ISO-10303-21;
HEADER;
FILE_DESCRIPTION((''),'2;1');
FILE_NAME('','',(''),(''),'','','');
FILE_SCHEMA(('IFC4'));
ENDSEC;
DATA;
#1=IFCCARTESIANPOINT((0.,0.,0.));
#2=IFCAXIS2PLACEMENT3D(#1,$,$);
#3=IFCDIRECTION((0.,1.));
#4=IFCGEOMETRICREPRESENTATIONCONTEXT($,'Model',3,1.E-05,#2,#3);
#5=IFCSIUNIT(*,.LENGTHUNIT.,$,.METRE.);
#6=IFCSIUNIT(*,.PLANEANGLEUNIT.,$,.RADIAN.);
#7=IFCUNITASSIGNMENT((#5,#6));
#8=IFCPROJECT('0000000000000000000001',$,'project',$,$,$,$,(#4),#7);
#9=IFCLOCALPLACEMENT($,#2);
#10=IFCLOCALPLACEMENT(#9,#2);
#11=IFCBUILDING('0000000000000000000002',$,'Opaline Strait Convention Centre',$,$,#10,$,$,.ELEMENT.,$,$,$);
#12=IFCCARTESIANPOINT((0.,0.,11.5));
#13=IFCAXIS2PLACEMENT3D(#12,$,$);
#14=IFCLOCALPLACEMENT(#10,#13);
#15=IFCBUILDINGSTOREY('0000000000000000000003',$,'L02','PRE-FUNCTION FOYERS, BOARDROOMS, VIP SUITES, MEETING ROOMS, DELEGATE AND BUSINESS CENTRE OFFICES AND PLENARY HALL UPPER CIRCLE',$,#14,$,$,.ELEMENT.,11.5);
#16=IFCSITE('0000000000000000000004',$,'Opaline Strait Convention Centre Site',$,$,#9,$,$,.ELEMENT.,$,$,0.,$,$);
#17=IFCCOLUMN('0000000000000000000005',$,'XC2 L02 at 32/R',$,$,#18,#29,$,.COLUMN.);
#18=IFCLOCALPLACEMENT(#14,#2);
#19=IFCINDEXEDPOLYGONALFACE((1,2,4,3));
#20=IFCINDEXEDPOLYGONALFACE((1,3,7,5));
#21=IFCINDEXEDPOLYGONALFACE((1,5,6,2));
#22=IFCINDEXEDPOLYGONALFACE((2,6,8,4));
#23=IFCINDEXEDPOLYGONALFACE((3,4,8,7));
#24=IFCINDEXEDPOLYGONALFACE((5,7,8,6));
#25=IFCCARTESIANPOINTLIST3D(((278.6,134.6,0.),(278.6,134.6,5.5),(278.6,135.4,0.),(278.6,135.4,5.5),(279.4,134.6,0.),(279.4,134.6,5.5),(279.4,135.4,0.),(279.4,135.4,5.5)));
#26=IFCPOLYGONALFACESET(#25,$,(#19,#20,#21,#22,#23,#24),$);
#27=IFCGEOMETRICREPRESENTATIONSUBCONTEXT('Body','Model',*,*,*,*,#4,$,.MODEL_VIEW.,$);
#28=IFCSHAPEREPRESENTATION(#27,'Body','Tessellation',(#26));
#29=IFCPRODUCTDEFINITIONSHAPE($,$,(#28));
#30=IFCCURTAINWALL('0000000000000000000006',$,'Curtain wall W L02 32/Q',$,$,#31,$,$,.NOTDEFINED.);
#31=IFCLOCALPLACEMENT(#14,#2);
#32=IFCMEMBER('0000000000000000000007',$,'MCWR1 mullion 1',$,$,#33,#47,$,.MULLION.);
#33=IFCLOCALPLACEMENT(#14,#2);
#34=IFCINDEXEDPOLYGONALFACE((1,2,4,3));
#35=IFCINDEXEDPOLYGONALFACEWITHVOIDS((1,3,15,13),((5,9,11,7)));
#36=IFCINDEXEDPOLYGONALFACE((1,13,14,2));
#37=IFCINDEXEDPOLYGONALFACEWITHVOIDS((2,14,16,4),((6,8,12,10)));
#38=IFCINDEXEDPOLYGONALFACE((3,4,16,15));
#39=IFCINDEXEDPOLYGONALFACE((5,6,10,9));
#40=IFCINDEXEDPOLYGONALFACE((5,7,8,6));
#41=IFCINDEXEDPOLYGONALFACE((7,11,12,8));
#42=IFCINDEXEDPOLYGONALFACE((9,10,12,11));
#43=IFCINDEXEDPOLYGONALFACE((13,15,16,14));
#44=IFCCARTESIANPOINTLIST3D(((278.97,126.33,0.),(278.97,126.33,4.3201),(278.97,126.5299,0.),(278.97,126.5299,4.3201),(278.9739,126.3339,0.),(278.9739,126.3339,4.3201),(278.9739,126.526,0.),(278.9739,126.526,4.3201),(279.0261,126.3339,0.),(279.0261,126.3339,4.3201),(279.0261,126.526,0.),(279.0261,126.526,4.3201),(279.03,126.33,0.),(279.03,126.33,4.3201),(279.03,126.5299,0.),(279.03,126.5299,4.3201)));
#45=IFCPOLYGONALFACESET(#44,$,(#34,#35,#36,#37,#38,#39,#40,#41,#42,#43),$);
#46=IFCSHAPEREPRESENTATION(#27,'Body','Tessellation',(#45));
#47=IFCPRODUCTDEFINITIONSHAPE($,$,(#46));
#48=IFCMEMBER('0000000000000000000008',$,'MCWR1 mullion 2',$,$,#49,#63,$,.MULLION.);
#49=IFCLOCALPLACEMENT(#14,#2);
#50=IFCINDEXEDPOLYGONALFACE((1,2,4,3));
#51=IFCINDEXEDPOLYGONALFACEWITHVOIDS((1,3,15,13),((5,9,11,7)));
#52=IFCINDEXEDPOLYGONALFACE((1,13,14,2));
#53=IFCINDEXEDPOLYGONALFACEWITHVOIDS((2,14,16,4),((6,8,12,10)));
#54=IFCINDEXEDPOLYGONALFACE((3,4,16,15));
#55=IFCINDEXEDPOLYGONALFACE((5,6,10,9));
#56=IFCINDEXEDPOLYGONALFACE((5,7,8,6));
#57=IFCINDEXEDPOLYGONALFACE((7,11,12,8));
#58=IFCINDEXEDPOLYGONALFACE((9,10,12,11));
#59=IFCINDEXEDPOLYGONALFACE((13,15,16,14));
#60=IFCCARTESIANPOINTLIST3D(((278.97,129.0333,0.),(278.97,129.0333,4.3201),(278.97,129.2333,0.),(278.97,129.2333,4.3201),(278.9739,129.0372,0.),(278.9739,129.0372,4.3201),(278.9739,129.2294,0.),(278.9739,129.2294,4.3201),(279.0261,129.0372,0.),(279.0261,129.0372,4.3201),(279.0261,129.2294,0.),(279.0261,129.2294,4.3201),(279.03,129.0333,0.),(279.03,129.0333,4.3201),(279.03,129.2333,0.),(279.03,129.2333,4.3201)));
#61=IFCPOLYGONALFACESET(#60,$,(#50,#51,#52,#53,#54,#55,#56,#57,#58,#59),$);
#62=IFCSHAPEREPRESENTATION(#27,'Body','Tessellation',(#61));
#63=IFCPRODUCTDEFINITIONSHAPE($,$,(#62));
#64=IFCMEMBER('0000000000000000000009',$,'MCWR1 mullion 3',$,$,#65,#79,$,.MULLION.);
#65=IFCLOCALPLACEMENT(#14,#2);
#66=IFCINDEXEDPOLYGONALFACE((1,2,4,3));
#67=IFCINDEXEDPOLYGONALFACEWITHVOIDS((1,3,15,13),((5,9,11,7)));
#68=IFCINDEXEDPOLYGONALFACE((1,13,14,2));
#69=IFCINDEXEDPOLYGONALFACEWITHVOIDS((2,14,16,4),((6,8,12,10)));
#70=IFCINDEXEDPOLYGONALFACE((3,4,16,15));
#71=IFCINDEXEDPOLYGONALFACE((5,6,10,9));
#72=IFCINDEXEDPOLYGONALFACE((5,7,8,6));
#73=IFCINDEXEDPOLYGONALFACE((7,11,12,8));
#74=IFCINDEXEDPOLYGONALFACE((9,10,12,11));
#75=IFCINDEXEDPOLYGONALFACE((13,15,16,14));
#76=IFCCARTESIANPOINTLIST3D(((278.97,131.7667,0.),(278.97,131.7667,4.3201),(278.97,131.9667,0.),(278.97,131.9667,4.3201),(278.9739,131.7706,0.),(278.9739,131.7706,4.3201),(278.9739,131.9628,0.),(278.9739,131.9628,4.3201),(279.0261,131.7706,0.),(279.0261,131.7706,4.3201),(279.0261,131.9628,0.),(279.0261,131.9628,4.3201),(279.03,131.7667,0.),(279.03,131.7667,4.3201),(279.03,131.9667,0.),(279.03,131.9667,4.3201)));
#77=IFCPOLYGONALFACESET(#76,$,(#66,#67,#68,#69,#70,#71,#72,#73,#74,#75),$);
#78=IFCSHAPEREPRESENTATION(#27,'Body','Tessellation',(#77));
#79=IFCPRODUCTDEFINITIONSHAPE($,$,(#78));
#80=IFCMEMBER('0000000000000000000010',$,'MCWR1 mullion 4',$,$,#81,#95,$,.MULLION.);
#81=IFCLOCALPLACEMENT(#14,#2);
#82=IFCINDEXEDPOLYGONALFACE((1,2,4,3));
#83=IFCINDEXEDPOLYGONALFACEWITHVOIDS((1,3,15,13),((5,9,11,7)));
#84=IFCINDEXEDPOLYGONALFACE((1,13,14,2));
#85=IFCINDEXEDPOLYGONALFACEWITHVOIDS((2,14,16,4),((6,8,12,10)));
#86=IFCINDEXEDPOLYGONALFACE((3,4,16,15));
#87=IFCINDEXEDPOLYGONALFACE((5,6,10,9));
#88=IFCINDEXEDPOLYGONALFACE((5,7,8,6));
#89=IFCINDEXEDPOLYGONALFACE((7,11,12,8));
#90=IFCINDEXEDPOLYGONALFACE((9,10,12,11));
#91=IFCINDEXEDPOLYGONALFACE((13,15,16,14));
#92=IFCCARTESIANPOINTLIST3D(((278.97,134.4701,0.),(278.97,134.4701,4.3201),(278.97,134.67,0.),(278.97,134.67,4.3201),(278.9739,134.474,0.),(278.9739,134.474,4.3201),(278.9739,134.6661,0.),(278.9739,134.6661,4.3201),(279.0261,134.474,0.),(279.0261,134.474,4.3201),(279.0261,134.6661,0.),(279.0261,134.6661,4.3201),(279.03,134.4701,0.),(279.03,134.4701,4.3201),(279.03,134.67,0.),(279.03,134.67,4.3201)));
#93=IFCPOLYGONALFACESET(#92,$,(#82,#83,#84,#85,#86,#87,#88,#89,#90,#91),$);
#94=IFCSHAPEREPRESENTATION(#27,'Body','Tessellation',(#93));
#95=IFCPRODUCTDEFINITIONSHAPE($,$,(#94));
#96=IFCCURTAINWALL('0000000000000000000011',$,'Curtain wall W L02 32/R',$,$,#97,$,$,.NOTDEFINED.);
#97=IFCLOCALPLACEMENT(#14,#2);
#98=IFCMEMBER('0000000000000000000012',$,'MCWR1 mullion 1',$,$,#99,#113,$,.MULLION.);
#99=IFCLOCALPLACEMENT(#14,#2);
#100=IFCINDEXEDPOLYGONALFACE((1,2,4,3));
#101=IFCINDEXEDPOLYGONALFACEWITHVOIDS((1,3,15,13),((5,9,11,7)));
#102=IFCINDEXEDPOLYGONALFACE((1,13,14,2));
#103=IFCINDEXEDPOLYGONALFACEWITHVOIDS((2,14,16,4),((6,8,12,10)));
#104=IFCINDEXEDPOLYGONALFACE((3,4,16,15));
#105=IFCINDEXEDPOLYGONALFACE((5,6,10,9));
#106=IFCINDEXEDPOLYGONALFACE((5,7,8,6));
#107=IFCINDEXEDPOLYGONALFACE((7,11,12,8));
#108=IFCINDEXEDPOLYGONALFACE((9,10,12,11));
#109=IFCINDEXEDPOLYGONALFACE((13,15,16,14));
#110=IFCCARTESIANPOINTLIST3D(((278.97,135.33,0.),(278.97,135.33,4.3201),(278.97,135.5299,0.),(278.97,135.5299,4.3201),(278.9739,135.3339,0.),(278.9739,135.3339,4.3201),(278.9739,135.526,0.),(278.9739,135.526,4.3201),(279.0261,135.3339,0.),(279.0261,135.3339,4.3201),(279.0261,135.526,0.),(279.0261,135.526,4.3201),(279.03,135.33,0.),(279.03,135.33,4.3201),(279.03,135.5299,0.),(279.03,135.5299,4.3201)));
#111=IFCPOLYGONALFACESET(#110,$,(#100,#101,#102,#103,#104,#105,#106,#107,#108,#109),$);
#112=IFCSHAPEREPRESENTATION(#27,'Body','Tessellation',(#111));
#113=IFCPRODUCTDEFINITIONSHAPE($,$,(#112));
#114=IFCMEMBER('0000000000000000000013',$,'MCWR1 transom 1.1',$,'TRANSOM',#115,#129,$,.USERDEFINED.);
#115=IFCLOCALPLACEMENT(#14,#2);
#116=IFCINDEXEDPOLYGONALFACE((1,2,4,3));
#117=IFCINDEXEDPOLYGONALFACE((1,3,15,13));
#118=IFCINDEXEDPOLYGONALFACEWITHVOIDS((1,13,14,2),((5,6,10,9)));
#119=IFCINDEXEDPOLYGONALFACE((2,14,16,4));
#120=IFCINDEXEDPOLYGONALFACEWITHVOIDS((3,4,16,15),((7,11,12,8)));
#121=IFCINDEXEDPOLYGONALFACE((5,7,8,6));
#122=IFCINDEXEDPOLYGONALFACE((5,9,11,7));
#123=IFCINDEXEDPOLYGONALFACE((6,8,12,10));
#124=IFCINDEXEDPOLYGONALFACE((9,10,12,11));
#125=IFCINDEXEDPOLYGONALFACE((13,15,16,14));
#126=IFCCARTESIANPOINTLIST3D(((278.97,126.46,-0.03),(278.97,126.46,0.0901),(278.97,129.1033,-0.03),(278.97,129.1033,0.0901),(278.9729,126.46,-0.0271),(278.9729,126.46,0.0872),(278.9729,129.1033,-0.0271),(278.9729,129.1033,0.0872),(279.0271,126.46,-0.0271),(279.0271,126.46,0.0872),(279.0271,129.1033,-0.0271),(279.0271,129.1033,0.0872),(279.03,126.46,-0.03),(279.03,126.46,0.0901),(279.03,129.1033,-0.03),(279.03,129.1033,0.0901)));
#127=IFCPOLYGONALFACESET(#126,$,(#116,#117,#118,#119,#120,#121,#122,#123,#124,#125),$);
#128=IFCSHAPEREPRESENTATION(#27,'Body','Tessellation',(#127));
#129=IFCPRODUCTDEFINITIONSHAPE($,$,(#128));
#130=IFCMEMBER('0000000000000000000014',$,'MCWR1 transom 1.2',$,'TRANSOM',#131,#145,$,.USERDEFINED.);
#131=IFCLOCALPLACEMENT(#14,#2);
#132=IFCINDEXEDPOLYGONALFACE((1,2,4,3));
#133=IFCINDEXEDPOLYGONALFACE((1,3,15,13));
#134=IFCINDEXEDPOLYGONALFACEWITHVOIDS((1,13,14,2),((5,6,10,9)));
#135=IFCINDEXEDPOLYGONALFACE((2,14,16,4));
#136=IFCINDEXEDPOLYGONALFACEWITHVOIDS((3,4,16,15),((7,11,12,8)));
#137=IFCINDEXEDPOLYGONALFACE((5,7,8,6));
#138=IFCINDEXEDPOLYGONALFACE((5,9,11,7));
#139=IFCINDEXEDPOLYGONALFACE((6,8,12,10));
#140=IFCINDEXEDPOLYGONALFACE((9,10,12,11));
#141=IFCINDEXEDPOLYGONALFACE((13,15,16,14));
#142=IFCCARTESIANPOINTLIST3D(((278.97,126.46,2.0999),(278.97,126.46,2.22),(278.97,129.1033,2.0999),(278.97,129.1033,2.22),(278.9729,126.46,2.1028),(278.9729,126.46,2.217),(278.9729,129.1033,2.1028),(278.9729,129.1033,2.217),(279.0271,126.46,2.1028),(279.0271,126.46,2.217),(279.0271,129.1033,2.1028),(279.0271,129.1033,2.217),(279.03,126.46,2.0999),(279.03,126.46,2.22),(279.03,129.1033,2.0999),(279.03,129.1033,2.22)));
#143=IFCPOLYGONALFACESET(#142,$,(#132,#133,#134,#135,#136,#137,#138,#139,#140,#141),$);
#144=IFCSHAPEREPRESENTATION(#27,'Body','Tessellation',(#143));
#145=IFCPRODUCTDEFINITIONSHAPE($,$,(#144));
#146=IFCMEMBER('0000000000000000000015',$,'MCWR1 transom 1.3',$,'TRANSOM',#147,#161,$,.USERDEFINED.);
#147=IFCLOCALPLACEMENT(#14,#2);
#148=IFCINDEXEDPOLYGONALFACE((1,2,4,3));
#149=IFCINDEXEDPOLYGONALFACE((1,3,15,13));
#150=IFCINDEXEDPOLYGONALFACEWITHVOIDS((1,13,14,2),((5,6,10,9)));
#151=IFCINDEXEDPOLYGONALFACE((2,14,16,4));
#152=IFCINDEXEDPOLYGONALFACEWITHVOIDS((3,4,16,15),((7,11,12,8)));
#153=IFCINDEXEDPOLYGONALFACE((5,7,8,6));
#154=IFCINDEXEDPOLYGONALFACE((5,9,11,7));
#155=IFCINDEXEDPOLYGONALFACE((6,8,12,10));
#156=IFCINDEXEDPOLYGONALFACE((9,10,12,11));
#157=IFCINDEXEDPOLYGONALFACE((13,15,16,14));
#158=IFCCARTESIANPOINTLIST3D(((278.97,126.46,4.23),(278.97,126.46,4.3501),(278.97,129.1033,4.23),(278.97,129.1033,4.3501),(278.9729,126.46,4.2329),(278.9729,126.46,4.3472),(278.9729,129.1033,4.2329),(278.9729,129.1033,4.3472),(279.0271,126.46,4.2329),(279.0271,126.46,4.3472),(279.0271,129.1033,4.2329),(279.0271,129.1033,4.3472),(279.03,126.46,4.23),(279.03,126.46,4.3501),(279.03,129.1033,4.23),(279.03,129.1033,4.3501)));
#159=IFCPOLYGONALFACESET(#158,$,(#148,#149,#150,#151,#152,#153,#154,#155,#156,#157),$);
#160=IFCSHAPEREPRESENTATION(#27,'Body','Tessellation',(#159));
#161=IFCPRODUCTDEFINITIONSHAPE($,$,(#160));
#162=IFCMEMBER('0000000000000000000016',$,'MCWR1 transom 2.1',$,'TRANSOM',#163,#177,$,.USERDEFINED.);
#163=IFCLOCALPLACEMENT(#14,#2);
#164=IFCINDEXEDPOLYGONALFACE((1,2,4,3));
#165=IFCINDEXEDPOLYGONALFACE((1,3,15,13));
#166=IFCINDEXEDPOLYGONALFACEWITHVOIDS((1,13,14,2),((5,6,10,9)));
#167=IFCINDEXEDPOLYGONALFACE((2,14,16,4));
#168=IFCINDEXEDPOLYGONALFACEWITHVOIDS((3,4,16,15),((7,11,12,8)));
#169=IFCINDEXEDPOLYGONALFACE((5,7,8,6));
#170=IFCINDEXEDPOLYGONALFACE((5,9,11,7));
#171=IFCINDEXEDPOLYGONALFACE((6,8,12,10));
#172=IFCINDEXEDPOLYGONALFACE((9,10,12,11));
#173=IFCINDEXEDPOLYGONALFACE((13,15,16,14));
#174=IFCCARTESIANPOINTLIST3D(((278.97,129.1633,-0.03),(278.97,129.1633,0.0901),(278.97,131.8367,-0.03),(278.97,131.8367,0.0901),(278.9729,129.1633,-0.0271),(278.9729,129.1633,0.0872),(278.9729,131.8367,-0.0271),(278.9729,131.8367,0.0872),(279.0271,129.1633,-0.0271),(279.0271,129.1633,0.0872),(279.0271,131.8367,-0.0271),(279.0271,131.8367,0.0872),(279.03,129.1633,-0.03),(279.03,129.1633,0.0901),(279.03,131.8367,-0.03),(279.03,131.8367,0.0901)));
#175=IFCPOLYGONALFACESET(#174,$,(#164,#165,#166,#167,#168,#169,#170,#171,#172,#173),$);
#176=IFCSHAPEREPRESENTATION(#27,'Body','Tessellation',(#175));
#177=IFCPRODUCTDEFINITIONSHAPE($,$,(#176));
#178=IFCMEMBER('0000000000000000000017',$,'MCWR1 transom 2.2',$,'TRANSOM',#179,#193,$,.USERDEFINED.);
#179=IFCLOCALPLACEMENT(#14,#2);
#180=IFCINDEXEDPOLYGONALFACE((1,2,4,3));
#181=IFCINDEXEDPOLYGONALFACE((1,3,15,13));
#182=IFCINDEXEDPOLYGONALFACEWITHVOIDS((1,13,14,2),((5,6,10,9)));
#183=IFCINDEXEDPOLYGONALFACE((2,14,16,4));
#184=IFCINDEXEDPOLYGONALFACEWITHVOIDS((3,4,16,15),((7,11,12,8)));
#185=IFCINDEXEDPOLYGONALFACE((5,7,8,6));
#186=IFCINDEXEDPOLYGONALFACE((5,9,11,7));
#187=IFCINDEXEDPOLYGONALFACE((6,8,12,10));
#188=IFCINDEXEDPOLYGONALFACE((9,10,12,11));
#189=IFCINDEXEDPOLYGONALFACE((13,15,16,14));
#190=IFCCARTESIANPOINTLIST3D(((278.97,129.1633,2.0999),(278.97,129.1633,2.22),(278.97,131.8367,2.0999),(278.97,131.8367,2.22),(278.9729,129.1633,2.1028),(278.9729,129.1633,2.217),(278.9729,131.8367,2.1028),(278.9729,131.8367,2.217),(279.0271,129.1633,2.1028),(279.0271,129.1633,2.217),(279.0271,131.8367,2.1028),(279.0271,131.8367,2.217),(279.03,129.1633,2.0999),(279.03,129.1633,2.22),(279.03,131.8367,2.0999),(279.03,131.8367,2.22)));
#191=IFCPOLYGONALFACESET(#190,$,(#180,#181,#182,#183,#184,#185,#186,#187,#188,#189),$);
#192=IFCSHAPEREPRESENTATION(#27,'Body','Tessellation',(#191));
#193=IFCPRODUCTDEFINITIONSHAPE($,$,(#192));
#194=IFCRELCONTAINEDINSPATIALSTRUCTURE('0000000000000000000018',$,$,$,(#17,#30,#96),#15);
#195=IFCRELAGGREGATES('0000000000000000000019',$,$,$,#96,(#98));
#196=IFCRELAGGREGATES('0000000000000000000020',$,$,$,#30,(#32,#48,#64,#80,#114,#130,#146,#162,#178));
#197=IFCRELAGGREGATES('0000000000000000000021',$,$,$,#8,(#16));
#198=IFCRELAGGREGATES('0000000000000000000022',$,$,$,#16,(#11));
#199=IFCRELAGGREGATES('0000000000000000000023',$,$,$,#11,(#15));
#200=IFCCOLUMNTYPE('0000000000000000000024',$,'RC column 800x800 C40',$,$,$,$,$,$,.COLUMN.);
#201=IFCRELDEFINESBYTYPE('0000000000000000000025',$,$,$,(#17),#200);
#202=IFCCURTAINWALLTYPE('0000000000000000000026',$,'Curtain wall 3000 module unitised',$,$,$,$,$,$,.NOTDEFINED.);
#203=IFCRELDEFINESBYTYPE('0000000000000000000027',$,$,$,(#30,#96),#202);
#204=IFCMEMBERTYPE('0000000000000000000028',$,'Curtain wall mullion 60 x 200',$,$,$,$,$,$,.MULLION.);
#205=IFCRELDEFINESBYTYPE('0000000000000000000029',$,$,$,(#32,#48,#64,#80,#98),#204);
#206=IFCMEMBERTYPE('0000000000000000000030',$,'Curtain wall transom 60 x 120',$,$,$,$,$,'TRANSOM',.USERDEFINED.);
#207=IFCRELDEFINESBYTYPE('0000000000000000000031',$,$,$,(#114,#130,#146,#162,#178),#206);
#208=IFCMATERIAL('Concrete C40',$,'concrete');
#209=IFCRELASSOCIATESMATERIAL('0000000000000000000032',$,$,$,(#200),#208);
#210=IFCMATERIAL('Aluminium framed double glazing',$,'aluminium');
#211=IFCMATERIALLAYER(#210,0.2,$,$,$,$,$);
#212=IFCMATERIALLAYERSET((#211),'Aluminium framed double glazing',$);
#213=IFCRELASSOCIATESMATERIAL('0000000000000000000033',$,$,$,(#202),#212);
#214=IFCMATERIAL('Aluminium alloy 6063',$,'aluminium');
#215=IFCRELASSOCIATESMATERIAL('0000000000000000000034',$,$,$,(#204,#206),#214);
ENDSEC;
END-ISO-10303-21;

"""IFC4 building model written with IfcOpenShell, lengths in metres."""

from ifc_helpers import new_model, si_unit, direction, frame, origin, origin_2d, place, context, subcontext, project, spatial, rectangle, hollow_rectangle, extrude, material, layer, layer_set, material_profile, profile_set, type_object, element, aggregate, save


model = new_model("IFC4")

# Units and contexts
model_context = context("Model", 3, precision=1e-05, world=origin(), true_north=direction((0.0, 1.0)))
body_context = subcontext(model_context, "Body", "Model", "MODEL_VIEW")
ifc_project = project(units=[si_unit("LENGTHUNIT", "METRE"), si_unit("PLANEANGLEUNIT", "RADIAN")], contexts=[model_context])

# Site, building, storey
site_placement = place(None, origin())
site = spatial("IfcSite", under=ifc_project, at=site_placement, Name="Opaline Strait Convention Centre Site", CompositionType="ELEMENT", RefElevation=0.0)
building_placement = place(site_placement, origin())
building = spatial("IfcBuilding", under=site, at=building_placement, Name="Opaline Strait Convention Centre", CompositionType="ELEMENT")
storey_placement = place(building_placement, frame((0.0, 0.0, 11.5)))
storey = spatial("IfcBuildingStorey", under=building, at=storey_placement, Name="L02", Description="PRE-FUNCTION FOYERS, BOARDROOMS, VIP SUITES, MEETING ROOMS, DELEGATE AND BUSINESS CENTRE OFFICES AND PLENARY HALL UPPER CIRCLE", CompositionType="ELEMENT", Elevation=11.5)

# Column
ifc_material_1 = material(Name="Concrete C40", Category="concrete")
ifc_material_profile_1 = material_profile(ifc_material_1, rectangle(XDim=0.8, YDim=0.8, at=origin_2d()), Name="RC 800x800")
ifc_profile_set_1 = profile_set([ifc_material_profile_1], Name="Concrete C40")
column_type = type_object("IfcColumnType", Name="RC column 800x800 C40", PredefinedType="COLUMN", material=ifc_profile_set_1)
column_placement = place(storey_placement, frame((279.0, 135.0, 0.0), z_axis=(0.0, 0.0, 1.0), x_axis=(1.0, 0.0, 0.0)))
element("IfcColumn", 1, at=column_placement, inside=storey, type_object=column_type, Name="XC2 L02 at 32/R", PredefinedType="COLUMN", context=body_context, shape_type="SweptSolid", body=[
    extrude(rectangle(XDim=0.8, YDim=0.8, at=origin_2d()), origin(), (0.0, 0.0, 1.0), 5.5),
])

# Curtain wall, members
ifc_material_2 = material(Name="Aluminium framed double glazing", Category="aluminium")
ifc_layer_1 = layer(ifc_material_2, 0.2)
ifc_layer_set_1 = layer_set([ifc_layer_1], Name="Aluminium framed double glazing")
curtain_wall_type = type_object("IfcCurtainWallType", Name="Curtain wall 3000 module unitised", PredefinedType="NOTDEFINED", material=ifc_layer_set_1)
curtain_wall_1_placement = place(storey_placement, origin())
curtain_wall_1 = element("IfcCurtainWall", 2, at=curtain_wall_1_placement, inside=storey, type_object=curtain_wall_type, Name="Curtain wall W L02 32/Q", PredefinedType="NOTDEFINED")
ifc_material_3 = material(Name="Aluminium alloy 6063", Category="aluminium")
ifc_material_profile_2 = material_profile(ifc_material_3, hollow_rectangle(XDim=0.0601, YDim=0.2, WallThickness=0.0039, at=origin_2d()), Name="MULLION 60x200x4")
ifc_profile_set_2 = profile_set([ifc_material_profile_2], Name="Aluminium alloy 6063")
member_type_1 = type_object("IfcMemberType", Name="Curtain wall mullion 60 x 200", PredefinedType="MULLION", material=ifc_profile_set_2)
member_1_placement = place(storey_placement, frame((279.0, 126.4299, 0.0), z_axis=(0.0, 0.0, 1.0), x_axis=(-1.0, 0.0, 0.0)))
member_1 = element("IfcMember", 3, at=member_1_placement, type_object=member_type_1, Name="MCWR1 mullion 1", PredefinedType="MULLION", context=body_context, shape_type="SweptSolid", body=[
    extrude(hollow_rectangle(XDim=0.0601, YDim=0.2, WallThickness=0.0039, at=origin_2d()), origin(), (0.0, 0.0, 1.0), 4.3201),
])
member_2_placement = place(storey_placement, frame((279.0, 129.1333, 0.0), z_axis=(0.0, 0.0, 1.0), x_axis=(-1.0, 0.0, 0.0)))
member_2 = element("IfcMember", 4, at=member_2_placement, type_object=member_type_1, Name="MCWR1 mullion 2", PredefinedType="MULLION", context=body_context, shape_type="SweptSolid", body=[
    extrude(hollow_rectangle(XDim=0.0601, YDim=0.2, WallThickness=0.0039, at=origin_2d()), origin(), (0.0, 0.0, 1.0), 4.3201),
])
member_3_placement = place(storey_placement, frame((279.0, 131.8667, 0.0), z_axis=(0.0, 0.0, 1.0), x_axis=(-1.0, 0.0, 0.0)))
member_3 = element("IfcMember", 5, at=member_3_placement, type_object=member_type_1, Name="MCWR1 mullion 3", PredefinedType="MULLION", context=body_context, shape_type="SweptSolid", body=[
    extrude(hollow_rectangle(XDim=0.0601, YDim=0.2, WallThickness=0.0039, at=origin_2d()), origin(), (0.0, 0.0, 1.0), 4.3201),
])
member_4_placement = place(storey_placement, frame((279.0, 134.5701, 0.0), z_axis=(0.0, 0.0, 1.0), x_axis=(-1.0, 0.0, 0.0)))
member_4 = element("IfcMember", 6, at=member_4_placement, type_object=member_type_1, Name="MCWR1 mullion 4", PredefinedType="MULLION", context=body_context, shape_type="SweptSolid", body=[
    extrude(hollow_rectangle(XDim=0.0601, YDim=0.2, WallThickness=0.0039, at=origin_2d()), origin(), (0.0, 0.0, 1.0), 4.3201),
])

# Curtain wall, member
curtain_wall_2_placement = place(storey_placement, origin())
curtain_wall_2 = element("IfcCurtainWall", 7, at=curtain_wall_2_placement, inside=storey, type_object=curtain_wall_type, Name="Curtain wall W L02 32/R", PredefinedType="NOTDEFINED")
member_5_placement = place(storey_placement, frame((279.0, 135.4299, 0.0), z_axis=(0.0, 0.0, 1.0), x_axis=(-1.0, 0.0, 0.0)))
member_5 = element("IfcMember", 8, at=member_5_placement, type_object=member_type_1, Name="MCWR1 mullion 1", PredefinedType="MULLION", context=body_context, shape_type="SweptSolid", body=[
    extrude(hollow_rectangle(XDim=0.0601, YDim=0.2, WallThickness=0.0039, at=origin_2d()), origin(), (0.0, 0.0, 1.0), 4.3201),
])

# Members
ifc_material_profile_3 = material_profile(ifc_material_3, hollow_rectangle(XDim=0.0601, YDim=0.1201, WallThickness=0.0029, at=origin_2d()), Name="TRANSOM 60x120x3")
ifc_profile_set_3 = profile_set([ifc_material_profile_3], Name="Aluminium alloy 6063")
member_type_2 = type_object("IfcMemberType", Name="Curtain wall transom 60 x 120", ElementType="TRANSOM", PredefinedType="USERDEFINED", material=ifc_profile_set_3)
member_6_placement = place(storey_placement, frame((279.0, 126.46, 0.03), z_axis=(0.0, 1.0, 0.0), x_axis=(-1.0, 0.0, 0.0)))
member_6 = element("IfcMember", 9, at=member_6_placement, type_object=member_type_2, Name="MCWR1 transom 1.1", ObjectType="TRANSOM", PredefinedType="USERDEFINED", context=body_context, shape_type="SweptSolid", body=[
    extrude(hollow_rectangle(XDim=0.0601, YDim=0.1201, WallThickness=0.0029, at=origin_2d()), origin(), (0.0, 0.0, 1.0), 2.6433),
])
member_7_placement = place(storey_placement, frame((279.0, 126.46, 2.1599), z_axis=(0.0, 1.0, 0.0), x_axis=(-1.0, 0.0, 0.0)))
member_7 = element("IfcMember", 10, at=member_7_placement, type_object=member_type_2, Name="MCWR1 transom 1.2", ObjectType="TRANSOM", PredefinedType="USERDEFINED", context=body_context, shape_type="SweptSolid", body=[
    extrude(hollow_rectangle(XDim=0.0601, YDim=0.1201, WallThickness=0.0029, at=origin_2d()), origin(), (0.0, 0.0, 1.0), 2.6433),
])
member_8_placement = place(storey_placement, frame((279.0, 126.46, 4.29), z_axis=(0.0, 1.0, 0.0), x_axis=(-1.0, 0.0, 0.0)))
member_8 = element("IfcMember", 11, at=member_8_placement, type_object=member_type_2, Name="MCWR1 transom 1.3", ObjectType="TRANSOM", PredefinedType="USERDEFINED", context=body_context, shape_type="SweptSolid", body=[
    extrude(hollow_rectangle(XDim=0.0601, YDim=0.1201, WallThickness=0.0029, at=origin_2d()), origin(), (0.0, 0.0, 1.0), 2.6433),
])
member_9_placement = place(storey_placement, frame((279.0, 129.1633, 0.03), z_axis=(0.0, 1.0, 0.0), x_axis=(-1.0, 0.0, 0.0)))
member_9 = element("IfcMember", 12, at=member_9_placement, type_object=member_type_2, Name="MCWR1 transom 2.1", ObjectType="TRANSOM", PredefinedType="USERDEFINED", context=body_context, shape_type="SweptSolid", body=[
    extrude(hollow_rectangle(XDim=0.0601, YDim=0.1201, WallThickness=0.0029, at=origin_2d()), origin(), (0.0, 0.0, 1.0), 2.6733),
])
member_10_placement = place(storey_placement, frame((279.0, 129.1633, 2.1599), z_axis=(0.0, 1.0, 0.0), x_axis=(-1.0, 0.0, 0.0)))
member_10 = element("IfcMember", 13, at=member_10_placement, type_object=member_type_2, Name="MCWR1 transom 2.2", ObjectType="TRANSOM", PredefinedType="USERDEFINED", context=body_context, shape_type="SweptSolid", body=[
    extrude(hollow_rectangle(XDim=0.0601, YDim=0.1201, WallThickness=0.0029, at=origin_2d()), origin(), (0.0, 0.0, 1.0), 2.6733),
])
aggregate(curtain_wall_2, [member_5])

aggregate(curtain_wall_1, [member_1, member_2, member_3, member_4, member_6, member_7, member_8, member_9, member_10])

save(model, "model.ifc")
